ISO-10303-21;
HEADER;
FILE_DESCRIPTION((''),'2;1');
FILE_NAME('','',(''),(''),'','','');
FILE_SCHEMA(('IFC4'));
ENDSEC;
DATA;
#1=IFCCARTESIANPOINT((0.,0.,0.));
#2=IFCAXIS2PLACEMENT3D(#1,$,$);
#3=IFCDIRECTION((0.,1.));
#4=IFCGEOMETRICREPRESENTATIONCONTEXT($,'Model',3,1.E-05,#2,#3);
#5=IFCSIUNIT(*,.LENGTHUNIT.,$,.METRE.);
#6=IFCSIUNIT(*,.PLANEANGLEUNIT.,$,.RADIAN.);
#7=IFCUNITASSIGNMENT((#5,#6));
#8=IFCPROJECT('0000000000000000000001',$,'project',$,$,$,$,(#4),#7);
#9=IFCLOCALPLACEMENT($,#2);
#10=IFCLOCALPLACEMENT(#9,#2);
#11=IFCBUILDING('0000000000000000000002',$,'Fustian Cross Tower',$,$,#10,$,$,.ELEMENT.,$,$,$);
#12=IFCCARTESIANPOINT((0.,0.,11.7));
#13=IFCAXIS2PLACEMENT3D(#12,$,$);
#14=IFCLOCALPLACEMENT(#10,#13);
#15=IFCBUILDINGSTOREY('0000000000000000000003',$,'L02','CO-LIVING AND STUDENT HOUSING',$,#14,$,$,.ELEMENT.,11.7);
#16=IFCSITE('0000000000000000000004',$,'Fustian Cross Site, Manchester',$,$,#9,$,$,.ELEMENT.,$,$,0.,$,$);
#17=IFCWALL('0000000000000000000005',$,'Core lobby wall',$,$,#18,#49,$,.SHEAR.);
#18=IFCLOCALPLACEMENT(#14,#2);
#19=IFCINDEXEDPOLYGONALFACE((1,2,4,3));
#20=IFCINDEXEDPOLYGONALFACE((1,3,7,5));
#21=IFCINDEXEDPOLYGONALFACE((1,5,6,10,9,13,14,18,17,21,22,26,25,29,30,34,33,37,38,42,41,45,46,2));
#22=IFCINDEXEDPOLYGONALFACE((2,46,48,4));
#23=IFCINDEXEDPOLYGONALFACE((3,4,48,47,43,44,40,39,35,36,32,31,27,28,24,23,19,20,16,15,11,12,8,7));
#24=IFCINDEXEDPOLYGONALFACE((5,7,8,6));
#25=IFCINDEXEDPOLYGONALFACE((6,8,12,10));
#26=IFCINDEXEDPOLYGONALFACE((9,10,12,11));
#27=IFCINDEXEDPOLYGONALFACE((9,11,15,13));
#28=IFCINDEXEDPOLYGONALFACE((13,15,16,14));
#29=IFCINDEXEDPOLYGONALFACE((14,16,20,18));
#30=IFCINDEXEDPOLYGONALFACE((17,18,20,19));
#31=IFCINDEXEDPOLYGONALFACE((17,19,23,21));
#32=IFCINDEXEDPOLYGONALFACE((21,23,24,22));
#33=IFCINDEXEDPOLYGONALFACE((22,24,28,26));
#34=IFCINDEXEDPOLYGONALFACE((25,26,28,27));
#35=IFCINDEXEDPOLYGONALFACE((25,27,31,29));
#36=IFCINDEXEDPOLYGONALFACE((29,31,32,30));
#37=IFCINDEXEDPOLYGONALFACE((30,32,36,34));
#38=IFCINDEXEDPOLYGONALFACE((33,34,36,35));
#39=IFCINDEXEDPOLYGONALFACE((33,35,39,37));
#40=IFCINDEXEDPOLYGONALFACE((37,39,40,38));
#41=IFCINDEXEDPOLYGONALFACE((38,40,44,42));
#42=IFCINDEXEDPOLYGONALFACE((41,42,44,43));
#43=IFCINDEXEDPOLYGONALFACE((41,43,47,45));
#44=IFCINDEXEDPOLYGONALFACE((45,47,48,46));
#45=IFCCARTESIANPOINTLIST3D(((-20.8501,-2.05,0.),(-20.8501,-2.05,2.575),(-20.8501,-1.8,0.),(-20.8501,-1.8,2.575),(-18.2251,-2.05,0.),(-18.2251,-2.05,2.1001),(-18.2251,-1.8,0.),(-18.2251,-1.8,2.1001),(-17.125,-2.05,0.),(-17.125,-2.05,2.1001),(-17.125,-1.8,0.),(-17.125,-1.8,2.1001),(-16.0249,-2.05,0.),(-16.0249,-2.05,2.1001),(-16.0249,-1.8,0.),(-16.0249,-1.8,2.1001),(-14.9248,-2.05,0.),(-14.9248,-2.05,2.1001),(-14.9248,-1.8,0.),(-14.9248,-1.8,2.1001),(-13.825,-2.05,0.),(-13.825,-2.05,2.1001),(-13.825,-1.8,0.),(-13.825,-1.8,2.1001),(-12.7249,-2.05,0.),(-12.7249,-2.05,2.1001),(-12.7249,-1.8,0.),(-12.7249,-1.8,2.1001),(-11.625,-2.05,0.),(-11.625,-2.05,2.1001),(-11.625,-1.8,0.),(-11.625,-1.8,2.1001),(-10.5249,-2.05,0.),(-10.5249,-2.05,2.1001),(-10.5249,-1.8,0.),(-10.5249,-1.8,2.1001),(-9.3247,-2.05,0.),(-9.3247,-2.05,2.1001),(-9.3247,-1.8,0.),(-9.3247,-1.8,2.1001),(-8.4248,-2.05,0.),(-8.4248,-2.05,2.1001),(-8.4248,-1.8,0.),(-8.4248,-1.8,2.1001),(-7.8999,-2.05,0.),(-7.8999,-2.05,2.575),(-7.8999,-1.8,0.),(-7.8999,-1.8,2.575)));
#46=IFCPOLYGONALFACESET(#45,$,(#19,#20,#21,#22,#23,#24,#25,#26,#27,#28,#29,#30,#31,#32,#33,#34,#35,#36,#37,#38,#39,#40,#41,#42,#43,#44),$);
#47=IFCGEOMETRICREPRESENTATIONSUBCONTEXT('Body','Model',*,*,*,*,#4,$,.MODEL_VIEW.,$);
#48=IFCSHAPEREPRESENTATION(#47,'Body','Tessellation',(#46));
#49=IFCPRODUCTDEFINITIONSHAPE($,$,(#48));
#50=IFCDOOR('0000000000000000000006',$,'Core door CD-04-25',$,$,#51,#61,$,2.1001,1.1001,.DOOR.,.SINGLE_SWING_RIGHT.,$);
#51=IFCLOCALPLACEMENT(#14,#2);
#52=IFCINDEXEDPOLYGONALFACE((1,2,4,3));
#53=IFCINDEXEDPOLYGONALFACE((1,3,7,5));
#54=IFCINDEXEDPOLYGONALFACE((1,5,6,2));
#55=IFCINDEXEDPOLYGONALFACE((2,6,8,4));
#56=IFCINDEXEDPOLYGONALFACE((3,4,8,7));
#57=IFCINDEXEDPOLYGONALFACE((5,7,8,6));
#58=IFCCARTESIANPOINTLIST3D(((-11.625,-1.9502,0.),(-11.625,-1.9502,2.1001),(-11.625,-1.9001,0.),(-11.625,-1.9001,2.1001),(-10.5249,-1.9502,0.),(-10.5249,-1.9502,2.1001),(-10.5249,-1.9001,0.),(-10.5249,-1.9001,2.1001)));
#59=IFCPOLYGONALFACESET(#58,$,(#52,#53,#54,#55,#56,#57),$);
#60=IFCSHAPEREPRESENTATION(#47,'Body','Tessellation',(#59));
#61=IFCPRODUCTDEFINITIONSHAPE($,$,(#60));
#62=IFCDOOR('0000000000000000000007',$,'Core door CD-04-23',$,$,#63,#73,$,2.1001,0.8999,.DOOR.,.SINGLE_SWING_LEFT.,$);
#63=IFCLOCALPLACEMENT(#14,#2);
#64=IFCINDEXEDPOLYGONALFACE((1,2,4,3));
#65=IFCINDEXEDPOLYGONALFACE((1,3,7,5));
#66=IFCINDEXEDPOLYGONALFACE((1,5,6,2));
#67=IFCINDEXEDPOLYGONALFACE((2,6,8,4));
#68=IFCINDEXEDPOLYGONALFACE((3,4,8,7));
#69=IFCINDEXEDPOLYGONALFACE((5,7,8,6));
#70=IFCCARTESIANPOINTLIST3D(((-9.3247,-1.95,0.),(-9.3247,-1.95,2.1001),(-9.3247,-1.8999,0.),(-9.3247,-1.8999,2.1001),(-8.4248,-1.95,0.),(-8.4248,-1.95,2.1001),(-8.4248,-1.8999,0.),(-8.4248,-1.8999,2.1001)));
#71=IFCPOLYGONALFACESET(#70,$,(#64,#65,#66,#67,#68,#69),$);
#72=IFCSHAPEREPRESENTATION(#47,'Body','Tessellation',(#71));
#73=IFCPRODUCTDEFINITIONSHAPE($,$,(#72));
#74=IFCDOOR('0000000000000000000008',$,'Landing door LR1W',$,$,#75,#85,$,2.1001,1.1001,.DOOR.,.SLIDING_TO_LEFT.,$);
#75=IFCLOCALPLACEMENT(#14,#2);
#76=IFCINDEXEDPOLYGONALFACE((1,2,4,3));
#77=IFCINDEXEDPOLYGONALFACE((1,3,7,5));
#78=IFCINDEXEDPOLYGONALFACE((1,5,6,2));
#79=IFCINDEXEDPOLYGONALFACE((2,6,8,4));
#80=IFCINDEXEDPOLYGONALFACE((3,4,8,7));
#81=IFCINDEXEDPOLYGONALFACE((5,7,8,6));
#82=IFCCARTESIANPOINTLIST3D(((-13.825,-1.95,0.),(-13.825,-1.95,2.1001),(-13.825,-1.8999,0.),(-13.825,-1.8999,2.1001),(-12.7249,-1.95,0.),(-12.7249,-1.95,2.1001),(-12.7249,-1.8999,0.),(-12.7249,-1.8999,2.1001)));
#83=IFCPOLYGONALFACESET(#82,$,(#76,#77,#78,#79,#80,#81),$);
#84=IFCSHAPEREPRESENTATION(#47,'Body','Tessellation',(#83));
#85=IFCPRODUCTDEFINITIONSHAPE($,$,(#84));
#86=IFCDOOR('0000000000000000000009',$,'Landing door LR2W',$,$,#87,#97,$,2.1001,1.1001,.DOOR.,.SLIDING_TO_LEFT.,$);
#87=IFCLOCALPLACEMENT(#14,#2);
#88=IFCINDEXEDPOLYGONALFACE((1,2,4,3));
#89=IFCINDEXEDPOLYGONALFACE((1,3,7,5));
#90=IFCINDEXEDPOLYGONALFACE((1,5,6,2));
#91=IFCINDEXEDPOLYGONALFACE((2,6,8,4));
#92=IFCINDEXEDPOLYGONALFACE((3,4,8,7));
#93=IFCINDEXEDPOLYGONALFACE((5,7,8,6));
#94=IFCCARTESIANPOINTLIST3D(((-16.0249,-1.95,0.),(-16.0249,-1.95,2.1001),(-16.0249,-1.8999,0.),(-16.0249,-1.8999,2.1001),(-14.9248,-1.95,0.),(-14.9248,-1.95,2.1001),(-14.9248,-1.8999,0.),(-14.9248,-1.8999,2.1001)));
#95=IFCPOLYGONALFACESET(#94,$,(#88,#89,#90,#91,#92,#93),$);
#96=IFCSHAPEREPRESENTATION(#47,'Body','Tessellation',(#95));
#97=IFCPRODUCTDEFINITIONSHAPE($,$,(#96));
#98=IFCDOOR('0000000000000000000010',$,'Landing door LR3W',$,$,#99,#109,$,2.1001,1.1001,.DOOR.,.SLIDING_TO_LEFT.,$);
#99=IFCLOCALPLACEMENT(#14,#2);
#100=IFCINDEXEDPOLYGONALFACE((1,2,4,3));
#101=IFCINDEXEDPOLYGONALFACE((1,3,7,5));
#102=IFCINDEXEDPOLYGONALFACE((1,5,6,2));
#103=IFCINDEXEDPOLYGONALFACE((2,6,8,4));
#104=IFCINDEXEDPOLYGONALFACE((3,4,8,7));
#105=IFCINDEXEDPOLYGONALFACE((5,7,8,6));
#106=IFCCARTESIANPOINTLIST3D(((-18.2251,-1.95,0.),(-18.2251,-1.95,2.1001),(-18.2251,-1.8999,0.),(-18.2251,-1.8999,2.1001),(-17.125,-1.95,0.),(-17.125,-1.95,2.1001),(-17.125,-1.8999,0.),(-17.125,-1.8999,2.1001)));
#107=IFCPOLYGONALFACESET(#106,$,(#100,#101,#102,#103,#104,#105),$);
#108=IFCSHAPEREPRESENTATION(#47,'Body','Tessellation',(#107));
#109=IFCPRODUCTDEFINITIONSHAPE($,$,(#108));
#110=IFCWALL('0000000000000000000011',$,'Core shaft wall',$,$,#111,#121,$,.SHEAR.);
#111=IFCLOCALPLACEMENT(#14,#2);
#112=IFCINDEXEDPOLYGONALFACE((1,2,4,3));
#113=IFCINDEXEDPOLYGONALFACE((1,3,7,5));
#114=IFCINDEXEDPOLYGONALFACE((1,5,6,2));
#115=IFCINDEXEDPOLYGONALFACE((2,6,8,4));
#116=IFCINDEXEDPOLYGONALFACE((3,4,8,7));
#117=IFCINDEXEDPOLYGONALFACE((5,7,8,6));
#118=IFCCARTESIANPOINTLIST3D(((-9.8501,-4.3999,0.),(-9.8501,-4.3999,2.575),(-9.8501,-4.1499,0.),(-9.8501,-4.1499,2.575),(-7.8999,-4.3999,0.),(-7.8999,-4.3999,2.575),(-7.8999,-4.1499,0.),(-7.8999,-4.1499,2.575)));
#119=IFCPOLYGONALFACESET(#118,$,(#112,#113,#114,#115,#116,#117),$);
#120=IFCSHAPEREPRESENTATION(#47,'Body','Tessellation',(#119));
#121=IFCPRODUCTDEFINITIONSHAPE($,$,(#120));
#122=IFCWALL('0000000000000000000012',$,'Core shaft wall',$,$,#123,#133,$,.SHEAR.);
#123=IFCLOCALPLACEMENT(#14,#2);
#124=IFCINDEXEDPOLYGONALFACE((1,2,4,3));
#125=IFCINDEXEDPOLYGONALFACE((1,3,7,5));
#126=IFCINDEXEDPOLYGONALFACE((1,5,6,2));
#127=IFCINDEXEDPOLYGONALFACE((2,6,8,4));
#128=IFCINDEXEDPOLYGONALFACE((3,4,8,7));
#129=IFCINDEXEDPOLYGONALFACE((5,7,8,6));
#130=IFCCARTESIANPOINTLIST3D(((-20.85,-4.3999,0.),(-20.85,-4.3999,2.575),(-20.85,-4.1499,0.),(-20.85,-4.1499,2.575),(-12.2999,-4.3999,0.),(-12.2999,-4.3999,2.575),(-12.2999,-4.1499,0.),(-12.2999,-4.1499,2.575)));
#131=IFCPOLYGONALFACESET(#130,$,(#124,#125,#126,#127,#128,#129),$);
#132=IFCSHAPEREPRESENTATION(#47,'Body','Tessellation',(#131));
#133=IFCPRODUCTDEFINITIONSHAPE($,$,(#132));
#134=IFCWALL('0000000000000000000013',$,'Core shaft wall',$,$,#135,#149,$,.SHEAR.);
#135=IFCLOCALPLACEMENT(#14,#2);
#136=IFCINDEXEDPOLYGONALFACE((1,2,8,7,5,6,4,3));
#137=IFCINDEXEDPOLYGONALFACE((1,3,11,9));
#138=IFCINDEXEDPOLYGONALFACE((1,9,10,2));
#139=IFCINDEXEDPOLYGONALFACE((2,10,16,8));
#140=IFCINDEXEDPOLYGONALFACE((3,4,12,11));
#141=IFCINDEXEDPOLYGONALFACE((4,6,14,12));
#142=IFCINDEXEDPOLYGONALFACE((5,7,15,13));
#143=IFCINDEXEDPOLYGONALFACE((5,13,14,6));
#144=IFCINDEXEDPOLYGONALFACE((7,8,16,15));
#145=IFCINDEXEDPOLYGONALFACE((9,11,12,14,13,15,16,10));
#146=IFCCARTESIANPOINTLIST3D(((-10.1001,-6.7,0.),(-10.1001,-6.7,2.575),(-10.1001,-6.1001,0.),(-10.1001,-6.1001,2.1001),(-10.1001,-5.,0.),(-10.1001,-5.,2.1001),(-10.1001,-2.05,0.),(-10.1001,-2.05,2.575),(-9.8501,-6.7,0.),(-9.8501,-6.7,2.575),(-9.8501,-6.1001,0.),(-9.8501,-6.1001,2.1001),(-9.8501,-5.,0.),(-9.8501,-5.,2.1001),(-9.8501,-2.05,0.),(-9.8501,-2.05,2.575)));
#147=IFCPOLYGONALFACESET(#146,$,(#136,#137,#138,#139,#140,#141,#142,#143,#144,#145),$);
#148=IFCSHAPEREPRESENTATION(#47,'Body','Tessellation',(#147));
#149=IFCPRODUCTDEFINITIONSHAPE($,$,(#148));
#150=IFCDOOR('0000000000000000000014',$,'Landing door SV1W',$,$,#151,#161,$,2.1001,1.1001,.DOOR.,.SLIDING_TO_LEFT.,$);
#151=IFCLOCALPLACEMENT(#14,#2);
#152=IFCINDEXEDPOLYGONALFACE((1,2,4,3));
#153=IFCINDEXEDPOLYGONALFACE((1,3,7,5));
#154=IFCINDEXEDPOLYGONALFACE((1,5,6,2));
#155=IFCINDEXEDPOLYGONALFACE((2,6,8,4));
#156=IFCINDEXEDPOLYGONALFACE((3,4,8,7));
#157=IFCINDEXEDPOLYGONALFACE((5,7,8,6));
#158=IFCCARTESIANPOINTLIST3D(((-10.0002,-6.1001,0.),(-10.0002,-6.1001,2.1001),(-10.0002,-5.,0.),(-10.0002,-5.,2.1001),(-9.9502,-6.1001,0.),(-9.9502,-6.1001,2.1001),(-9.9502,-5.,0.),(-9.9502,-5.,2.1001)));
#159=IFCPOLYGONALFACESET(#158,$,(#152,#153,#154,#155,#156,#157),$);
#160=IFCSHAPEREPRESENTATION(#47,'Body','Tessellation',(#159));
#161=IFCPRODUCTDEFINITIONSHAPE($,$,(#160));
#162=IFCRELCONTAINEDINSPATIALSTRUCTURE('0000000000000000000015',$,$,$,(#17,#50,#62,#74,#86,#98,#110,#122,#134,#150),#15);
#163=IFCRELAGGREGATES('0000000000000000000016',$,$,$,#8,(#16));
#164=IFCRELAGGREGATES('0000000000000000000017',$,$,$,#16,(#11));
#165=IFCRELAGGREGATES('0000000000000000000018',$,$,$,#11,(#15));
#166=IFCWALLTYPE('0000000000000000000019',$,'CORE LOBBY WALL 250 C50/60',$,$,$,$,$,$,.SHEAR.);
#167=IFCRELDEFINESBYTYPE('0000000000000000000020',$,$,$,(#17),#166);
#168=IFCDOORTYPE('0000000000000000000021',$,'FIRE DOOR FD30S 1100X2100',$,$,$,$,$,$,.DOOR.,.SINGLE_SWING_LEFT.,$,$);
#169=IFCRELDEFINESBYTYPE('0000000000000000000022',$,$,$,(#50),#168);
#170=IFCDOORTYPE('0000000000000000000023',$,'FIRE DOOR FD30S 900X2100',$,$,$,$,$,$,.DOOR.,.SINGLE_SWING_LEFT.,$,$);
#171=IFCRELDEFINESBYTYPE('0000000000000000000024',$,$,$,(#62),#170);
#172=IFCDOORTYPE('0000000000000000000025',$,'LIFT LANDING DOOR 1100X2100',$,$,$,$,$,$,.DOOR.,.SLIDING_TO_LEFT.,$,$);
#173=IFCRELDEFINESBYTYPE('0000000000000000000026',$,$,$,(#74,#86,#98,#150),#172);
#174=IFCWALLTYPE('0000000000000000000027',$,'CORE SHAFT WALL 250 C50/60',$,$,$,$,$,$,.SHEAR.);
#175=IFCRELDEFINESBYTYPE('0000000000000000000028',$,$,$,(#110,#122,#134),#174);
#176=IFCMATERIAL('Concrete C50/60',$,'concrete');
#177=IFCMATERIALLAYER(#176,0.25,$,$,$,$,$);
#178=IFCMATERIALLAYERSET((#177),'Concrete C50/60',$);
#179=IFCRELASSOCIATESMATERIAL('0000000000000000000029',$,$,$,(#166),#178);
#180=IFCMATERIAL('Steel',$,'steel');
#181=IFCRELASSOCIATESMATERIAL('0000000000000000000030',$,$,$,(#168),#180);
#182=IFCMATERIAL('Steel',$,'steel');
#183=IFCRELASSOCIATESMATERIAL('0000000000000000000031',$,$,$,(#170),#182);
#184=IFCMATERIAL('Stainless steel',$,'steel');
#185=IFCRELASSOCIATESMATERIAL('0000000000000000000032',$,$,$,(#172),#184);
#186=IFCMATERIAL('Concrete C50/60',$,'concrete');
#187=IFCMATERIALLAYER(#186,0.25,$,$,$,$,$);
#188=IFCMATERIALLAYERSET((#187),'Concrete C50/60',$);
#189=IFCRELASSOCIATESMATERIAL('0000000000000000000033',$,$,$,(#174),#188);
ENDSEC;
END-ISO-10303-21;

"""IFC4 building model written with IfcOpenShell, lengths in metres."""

from ifc_helpers import new_model, si_unit, direction, frame, frame_2d, origin, place, context, subcontext, project, spatial, rectangle, extrude, material, layer, layer_set, type_object, element, fill, save


model = new_model("IFC4")

# Units and contexts
model_context = context("Model", 3, precision=1e-05, world=origin(), true_north=direction((0.0, 1.0)))
body_context = subcontext(model_context, "Body", "Model", "MODEL_VIEW")
ifc_project = project(units=[si_unit("LENGTHUNIT", "METRE"), si_unit("PLANEANGLEUNIT", "RADIAN")], contexts=[model_context])

# Site, building, storey
site_placement = place(None, origin())
site = spatial("IfcSite", under=ifc_project, at=site_placement, Name="Fustian Cross Site, Manchester", CompositionType="ELEMENT", RefElevation=0.0)
building_placement = place(site_placement, origin())
building = spatial("IfcBuilding", under=site, at=building_placement, Name="Fustian Cross Tower", CompositionType="ELEMENT")
storey_placement = place(building_placement, frame((0.0, 0.0, 11.7)))
storey = spatial("IfcBuildingStorey", under=building, at=storey_placement, Name="L02", Description="CO-LIVING AND STUDENT HOUSING", CompositionType="ELEMENT", Elevation=11.7)

# Wall, openings, doors
ifc_material_1 = material(Name="Concrete C50/60", Category="concrete")
ifc_layer_1 = layer(ifc_material_1, 0.25)
ifc_layer_set_1 = layer_set([ifc_layer_1], Name="Concrete C50/60")
wall_type_1 = type_object("IfcWallType", Name="CORE LOBBY WALL 250 C50/60", PredefinedType="SHEAR", material=ifc_layer_set_1)
wall_1_placement = place(storey_placement, frame((-7.8999, -1.925, 0.0), z_axis=(0.0, 0.0, 1.0), x_axis=(-1.0, 0.0, 0.0)))
wall_1 = element("IfcWall", 1, at=wall_1_placement, inside=storey, type_object=wall_type_1, Name="Core lobby wall", PredefinedType="SHEAR", context=body_context, shape_type="SweptSolid", body=[
    extrude(rectangle(XDim=12.9502, YDim=0.25, at=frame_2d((6.4751, 0.0))), origin(), (0.0, 0.0, 1.0), 2.575),
])
opening_1_placement = place(wall_1_placement, frame((4.825, 0.0, 0.0)))
opening_1 = element("IfcOpeningElement", 2, at=opening_1_placement, cuts=wall_1, PredefinedType="OPENING", context=body_context, shape_type="SweptSolid", body=[
    extrude(rectangle(XDim=1.1001, YDim=2.1001, at=frame_2d((0.55, 1.05))), frame((0.0, 0.135, 0.0), z_axis=(0.0, -1.0, 0.0), x_axis=(1.0, 0.0, 0.0)), (0.0, 0.0, 1.0), 0.27),
])
opening_2_placement = place(wall_1_placement, frame((7.0249, 0.0, 0.0)))
opening_2 = element("IfcOpeningElement", 3, at=opening_2_placement, cuts=wall_1, PredefinedType="OPENING", context=body_context, shape_type="SweptSolid", body=[
    extrude(rectangle(XDim=1.1001, YDim=2.1001, at=frame_2d((0.55, 1.05))), frame((0.0, 0.135, 0.0), z_axis=(0.0, -1.0, 0.0), x_axis=(1.0, 0.0, 0.0)), (0.0, 0.0, 1.0), 0.27),
])
opening_3_placement = place(wall_1_placement, frame((9.2251, 0.0, 0.0)))
opening_3 = element("IfcOpeningElement", 4, at=opening_3_placement, cuts=wall_1, PredefinedType="OPENING", context=body_context, shape_type="SweptSolid", body=[
    extrude(rectangle(XDim=1.1001, YDim=2.1001, at=frame_2d((0.55, 1.05))), frame((0.0, 0.135, 0.0), z_axis=(0.0, -1.0, 0.0), x_axis=(1.0, 0.0, 0.0)), (0.0, 0.0, 1.0), 0.27),
])
opening_4_placement = place(wall_1_placement, frame((0.5249, 0.0, 0.0)))
opening_4 = element("IfcOpeningElement", 5, at=opening_4_placement, cuts=wall_1, PredefinedType="OPENING", context=body_context, shape_type="SweptSolid", body=[
    extrude(rectangle(XDim=0.8999, YDim=2.1001, at=frame_2d((0.45, 1.05))), frame((0.0, 0.135, 0.0), z_axis=(0.0, -1.0, 0.0), x_axis=(1.0, 0.0, 0.0)), (0.0, 0.0, 1.0), 0.27),
])
opening_5_placement = place(wall_1_placement, frame((2.625, 0.0, 0.0)))
opening_5 = element("IfcOpeningElement", 6, at=opening_5_placement, cuts=wall_1, PredefinedType="OPENING", context=body_context, shape_type="SweptSolid", body=[
    extrude(rectangle(XDim=1.1001, YDim=2.1001, at=frame_2d((0.55, 1.05))), frame((0.0, 0.135, 0.0), z_axis=(0.0, -1.0, 0.0), x_axis=(1.0, 0.0, 0.0)), (0.0, 0.0, 1.0), 0.27),
])
ifc_material_2 = material(Name="Steel", Category="steel")
door_type_1 = type_object("IfcDoorType", Name="FIRE DOOR FD30S 1100X2100", OperationType="SINGLE_SWING_LEFT", PredefinedType="DOOR", material=ifc_material_2)
door_1_placement = place(opening_5_placement, frame((1.1001, 0.0, 0.0), z_axis=(0.0, 0.0, 1.0), x_axis=(-1.0, 0.0, 0.0)))
door_1 = element("IfcDoor", 7, at=door_1_placement, inside=storey, type_object=door_type_1, Name="Core door CD-04-25", OperationType="SINGLE_SWING_RIGHT", OverallHeight=2.1001, OverallWidth=1.1001, PredefinedType="DOOR", context=body_context, shape_type="SweptSolid", body=[
    extrude(rectangle(XDim=1.1001, YDim=2.1001, at=frame_2d((0.55, 1.05))), frame((0.0, 0.0249, 0.0), z_axis=(0.0, -1.0, 0.0), x_axis=(1.0, 0.0, 0.0)), (0.0, 0.0, 1.0), 0.05),
])
fill(opening_5, door_1)
ifc_material_3 = material(Name="Steel", Category="steel")
door_type_2 = type_object("IfcDoorType", Name="FIRE DOOR FD30S 900X2100", OperationType="SINGLE_SWING_LEFT", PredefinedType="DOOR", material=ifc_material_3)
door_2_placement = place(opening_4_placement, origin())
door_2 = element("IfcDoor", 8, at=door_2_placement, inside=storey, type_object=door_type_2, Name="Core door CD-04-23", OperationType="SINGLE_SWING_LEFT", OverallHeight=2.1001, OverallWidth=0.8999, PredefinedType="DOOR", context=body_context, shape_type="SweptSolid", body=[
    extrude(rectangle(XDim=0.8999, YDim=2.1001, at=frame_2d((0.45, 1.05))), frame((0.0, 0.0249, 0.0), z_axis=(0.0, -1.0, 0.0), x_axis=(1.0, 0.0, 0.0)), (0.0, 0.0, 1.0), 0.05),
])
fill(opening_4, door_2)
ifc_material_4 = material(Name="Stainless steel", Category="steel")
door_type_3 = type_object("IfcDoorType", Name="LIFT LANDING DOOR 1100X2100", OperationType="SLIDING_TO_LEFT", PredefinedType="DOOR", material=ifc_material_4)
door_3_placement = place(opening_1_placement, origin())
door_3 = element("IfcDoor", 9, at=door_3_placement, inside=storey, type_object=door_type_3, Name="Landing door LR1W", OperationType="SLIDING_TO_LEFT", OverallHeight=2.1001, OverallWidth=1.1001, PredefinedType="DOOR", context=body_context, shape_type="SweptSolid", body=[
    extrude(rectangle(XDim=1.1001, YDim=2.1001, at=frame_2d((0.55, 1.05))), frame((0.0, 0.0249, 0.0), z_axis=(0.0, -1.0, 0.0), x_axis=(1.0, 0.0, 0.0)), (0.0, 0.0, 1.0), 0.05),
])
fill(opening_1, door_3)
door_4_placement = place(opening_2_placement, origin())
door_4 = element("IfcDoor", 10, at=door_4_placement, inside=storey, type_object=door_type_3, Name="Landing door LR2W", OperationType="SLIDING_TO_LEFT", OverallHeight=2.1001, OverallWidth=1.1001, PredefinedType="DOOR", context=body_context, shape_type="SweptSolid", body=[
    extrude(rectangle(XDim=1.1001, YDim=2.1001, at=frame_2d((0.55, 1.05))), frame((0.0, 0.0249, 0.0), z_axis=(0.0, -1.0, 0.0), x_axis=(1.0, 0.0, 0.0)), (0.0, 0.0, 1.0), 0.05),
])
fill(opening_2, door_4)
door_5_placement = place(opening_3_placement, origin())
door_5 = element("IfcDoor", 11, at=door_5_placement, inside=storey, type_object=door_type_3, Name="Landing door LR3W", OperationType="SLIDING_TO_LEFT", OverallHeight=2.1001, OverallWidth=1.1001, PredefinedType="DOOR", context=body_context, shape_type="SweptSolid", body=[
    extrude(rectangle(XDim=1.1001, YDim=2.1001, at=frame_2d((0.55, 1.05))), frame((0.0, 0.0249, 0.0), z_axis=(0.0, -1.0, 0.0), x_axis=(1.0, 0.0, 0.0)), (0.0, 0.0, 1.0), 0.05),
])
fill(opening_3, door_5)

# Walls
ifc_material_5 = material(Name="Concrete C50/60", Category="concrete")
ifc_layer_2 = layer(ifc_material_5, 0.25)
ifc_layer_set_2 = layer_set([ifc_layer_2], Name="Concrete C50/60")
wall_type_2 = type_object("IfcWallType", Name="CORE SHAFT WALL 250 C50/60", PredefinedType="SHEAR", material=ifc_layer_set_2)
wall_2_placement = place(storey_placement, frame((-7.8999, -4.2749, 0.0), z_axis=(0.0, 0.0, 1.0), x_axis=(-1.0, 0.0, 0.0)))
element("IfcWall", 12, at=wall_2_placement, inside=storey, type_object=wall_type_2, Name="Core shaft wall", PredefinedType="SHEAR", context=body_context, shape_type="SweptSolid", body=[
    extrude(rectangle(XDim=1.9502, YDim=0.25, at=frame_2d((0.9751, 0.0))), origin(), (0.0, 0.0, 1.0), 2.575),
])
wall_3_placement = place(storey_placement, frame((-12.3, -4.2749, 0.0), z_axis=(0.0, 0.0, 1.0), x_axis=(-1.0, 0.0, 0.0)))
element("IfcWall", 13, at=wall_3_placement, inside=storey, type_object=wall_type_2, Name="Core shaft wall", PredefinedType="SHEAR", context=body_context, shape_type="SweptSolid", body=[
    extrude(rectangle(XDim=8.55, YDim=0.25, at=frame_2d((4.2749, 0.0))), origin(), (0.0, 0.0, 1.0), 2.575),
])

# Wall, opening, door
wall_4_placement = place(storey_placement, frame((-9.9751, -2.05, 0.0), z_axis=(0.0, 0.0, 1.0), x_axis=(0.0, -1.0, 0.0)))
wall_4 = element("IfcWall", 14, at=wall_4_placement, inside=storey, type_object=wall_type_2, Name="Core shaft wall", PredefinedType="SHEAR", context=body_context, shape_type="SweptSolid", body=[
    extrude(rectangle(XDim=4.6499, YDim=0.25, at=frame_2d((2.325, 0.0))), origin(), (0.0, 0.0, 1.0), 2.575),
])
opening_6_placement = place(wall_4_placement, frame((2.95, 0.0, 0.0)))
opening_6 = element("IfcOpeningElement", 15, at=opening_6_placement, cuts=wall_4, PredefinedType="OPENING", context=body_context, shape_type="SweptSolid", body=[
    extrude(rectangle(XDim=1.1001, YDim=2.1001, at=frame_2d((0.55, 1.05))), frame((0.0, 0.135, 0.0), z_axis=(0.0, -1.0, 0.0), x_axis=(1.0, 0.0, 0.0)), (0.0, 0.0, 1.0), 0.27),
])
door_6_placement = place(opening_6_placement, origin())
door_6 = element("IfcDoor", 16, at=door_6_placement, inside=storey, type_object=door_type_3, Name="Landing door SV1W", OperationType="SLIDING_TO_LEFT", OverallHeight=2.1001, OverallWidth=1.1001, PredefinedType="DOOR", context=body_context, shape_type="SweptSolid", body=[
    extrude(rectangle(XDim=1.1001, YDim=2.1001, at=frame_2d((0.55, 1.05))), frame((0.0, 0.0249, 0.0), z_axis=(0.0, -1.0, 0.0), x_axis=(1.0, 0.0, 0.0)), (0.0, 0.0, 1.0), 0.05),
])
fill(opening_6, door_6)

save(model, "model.ifc")
